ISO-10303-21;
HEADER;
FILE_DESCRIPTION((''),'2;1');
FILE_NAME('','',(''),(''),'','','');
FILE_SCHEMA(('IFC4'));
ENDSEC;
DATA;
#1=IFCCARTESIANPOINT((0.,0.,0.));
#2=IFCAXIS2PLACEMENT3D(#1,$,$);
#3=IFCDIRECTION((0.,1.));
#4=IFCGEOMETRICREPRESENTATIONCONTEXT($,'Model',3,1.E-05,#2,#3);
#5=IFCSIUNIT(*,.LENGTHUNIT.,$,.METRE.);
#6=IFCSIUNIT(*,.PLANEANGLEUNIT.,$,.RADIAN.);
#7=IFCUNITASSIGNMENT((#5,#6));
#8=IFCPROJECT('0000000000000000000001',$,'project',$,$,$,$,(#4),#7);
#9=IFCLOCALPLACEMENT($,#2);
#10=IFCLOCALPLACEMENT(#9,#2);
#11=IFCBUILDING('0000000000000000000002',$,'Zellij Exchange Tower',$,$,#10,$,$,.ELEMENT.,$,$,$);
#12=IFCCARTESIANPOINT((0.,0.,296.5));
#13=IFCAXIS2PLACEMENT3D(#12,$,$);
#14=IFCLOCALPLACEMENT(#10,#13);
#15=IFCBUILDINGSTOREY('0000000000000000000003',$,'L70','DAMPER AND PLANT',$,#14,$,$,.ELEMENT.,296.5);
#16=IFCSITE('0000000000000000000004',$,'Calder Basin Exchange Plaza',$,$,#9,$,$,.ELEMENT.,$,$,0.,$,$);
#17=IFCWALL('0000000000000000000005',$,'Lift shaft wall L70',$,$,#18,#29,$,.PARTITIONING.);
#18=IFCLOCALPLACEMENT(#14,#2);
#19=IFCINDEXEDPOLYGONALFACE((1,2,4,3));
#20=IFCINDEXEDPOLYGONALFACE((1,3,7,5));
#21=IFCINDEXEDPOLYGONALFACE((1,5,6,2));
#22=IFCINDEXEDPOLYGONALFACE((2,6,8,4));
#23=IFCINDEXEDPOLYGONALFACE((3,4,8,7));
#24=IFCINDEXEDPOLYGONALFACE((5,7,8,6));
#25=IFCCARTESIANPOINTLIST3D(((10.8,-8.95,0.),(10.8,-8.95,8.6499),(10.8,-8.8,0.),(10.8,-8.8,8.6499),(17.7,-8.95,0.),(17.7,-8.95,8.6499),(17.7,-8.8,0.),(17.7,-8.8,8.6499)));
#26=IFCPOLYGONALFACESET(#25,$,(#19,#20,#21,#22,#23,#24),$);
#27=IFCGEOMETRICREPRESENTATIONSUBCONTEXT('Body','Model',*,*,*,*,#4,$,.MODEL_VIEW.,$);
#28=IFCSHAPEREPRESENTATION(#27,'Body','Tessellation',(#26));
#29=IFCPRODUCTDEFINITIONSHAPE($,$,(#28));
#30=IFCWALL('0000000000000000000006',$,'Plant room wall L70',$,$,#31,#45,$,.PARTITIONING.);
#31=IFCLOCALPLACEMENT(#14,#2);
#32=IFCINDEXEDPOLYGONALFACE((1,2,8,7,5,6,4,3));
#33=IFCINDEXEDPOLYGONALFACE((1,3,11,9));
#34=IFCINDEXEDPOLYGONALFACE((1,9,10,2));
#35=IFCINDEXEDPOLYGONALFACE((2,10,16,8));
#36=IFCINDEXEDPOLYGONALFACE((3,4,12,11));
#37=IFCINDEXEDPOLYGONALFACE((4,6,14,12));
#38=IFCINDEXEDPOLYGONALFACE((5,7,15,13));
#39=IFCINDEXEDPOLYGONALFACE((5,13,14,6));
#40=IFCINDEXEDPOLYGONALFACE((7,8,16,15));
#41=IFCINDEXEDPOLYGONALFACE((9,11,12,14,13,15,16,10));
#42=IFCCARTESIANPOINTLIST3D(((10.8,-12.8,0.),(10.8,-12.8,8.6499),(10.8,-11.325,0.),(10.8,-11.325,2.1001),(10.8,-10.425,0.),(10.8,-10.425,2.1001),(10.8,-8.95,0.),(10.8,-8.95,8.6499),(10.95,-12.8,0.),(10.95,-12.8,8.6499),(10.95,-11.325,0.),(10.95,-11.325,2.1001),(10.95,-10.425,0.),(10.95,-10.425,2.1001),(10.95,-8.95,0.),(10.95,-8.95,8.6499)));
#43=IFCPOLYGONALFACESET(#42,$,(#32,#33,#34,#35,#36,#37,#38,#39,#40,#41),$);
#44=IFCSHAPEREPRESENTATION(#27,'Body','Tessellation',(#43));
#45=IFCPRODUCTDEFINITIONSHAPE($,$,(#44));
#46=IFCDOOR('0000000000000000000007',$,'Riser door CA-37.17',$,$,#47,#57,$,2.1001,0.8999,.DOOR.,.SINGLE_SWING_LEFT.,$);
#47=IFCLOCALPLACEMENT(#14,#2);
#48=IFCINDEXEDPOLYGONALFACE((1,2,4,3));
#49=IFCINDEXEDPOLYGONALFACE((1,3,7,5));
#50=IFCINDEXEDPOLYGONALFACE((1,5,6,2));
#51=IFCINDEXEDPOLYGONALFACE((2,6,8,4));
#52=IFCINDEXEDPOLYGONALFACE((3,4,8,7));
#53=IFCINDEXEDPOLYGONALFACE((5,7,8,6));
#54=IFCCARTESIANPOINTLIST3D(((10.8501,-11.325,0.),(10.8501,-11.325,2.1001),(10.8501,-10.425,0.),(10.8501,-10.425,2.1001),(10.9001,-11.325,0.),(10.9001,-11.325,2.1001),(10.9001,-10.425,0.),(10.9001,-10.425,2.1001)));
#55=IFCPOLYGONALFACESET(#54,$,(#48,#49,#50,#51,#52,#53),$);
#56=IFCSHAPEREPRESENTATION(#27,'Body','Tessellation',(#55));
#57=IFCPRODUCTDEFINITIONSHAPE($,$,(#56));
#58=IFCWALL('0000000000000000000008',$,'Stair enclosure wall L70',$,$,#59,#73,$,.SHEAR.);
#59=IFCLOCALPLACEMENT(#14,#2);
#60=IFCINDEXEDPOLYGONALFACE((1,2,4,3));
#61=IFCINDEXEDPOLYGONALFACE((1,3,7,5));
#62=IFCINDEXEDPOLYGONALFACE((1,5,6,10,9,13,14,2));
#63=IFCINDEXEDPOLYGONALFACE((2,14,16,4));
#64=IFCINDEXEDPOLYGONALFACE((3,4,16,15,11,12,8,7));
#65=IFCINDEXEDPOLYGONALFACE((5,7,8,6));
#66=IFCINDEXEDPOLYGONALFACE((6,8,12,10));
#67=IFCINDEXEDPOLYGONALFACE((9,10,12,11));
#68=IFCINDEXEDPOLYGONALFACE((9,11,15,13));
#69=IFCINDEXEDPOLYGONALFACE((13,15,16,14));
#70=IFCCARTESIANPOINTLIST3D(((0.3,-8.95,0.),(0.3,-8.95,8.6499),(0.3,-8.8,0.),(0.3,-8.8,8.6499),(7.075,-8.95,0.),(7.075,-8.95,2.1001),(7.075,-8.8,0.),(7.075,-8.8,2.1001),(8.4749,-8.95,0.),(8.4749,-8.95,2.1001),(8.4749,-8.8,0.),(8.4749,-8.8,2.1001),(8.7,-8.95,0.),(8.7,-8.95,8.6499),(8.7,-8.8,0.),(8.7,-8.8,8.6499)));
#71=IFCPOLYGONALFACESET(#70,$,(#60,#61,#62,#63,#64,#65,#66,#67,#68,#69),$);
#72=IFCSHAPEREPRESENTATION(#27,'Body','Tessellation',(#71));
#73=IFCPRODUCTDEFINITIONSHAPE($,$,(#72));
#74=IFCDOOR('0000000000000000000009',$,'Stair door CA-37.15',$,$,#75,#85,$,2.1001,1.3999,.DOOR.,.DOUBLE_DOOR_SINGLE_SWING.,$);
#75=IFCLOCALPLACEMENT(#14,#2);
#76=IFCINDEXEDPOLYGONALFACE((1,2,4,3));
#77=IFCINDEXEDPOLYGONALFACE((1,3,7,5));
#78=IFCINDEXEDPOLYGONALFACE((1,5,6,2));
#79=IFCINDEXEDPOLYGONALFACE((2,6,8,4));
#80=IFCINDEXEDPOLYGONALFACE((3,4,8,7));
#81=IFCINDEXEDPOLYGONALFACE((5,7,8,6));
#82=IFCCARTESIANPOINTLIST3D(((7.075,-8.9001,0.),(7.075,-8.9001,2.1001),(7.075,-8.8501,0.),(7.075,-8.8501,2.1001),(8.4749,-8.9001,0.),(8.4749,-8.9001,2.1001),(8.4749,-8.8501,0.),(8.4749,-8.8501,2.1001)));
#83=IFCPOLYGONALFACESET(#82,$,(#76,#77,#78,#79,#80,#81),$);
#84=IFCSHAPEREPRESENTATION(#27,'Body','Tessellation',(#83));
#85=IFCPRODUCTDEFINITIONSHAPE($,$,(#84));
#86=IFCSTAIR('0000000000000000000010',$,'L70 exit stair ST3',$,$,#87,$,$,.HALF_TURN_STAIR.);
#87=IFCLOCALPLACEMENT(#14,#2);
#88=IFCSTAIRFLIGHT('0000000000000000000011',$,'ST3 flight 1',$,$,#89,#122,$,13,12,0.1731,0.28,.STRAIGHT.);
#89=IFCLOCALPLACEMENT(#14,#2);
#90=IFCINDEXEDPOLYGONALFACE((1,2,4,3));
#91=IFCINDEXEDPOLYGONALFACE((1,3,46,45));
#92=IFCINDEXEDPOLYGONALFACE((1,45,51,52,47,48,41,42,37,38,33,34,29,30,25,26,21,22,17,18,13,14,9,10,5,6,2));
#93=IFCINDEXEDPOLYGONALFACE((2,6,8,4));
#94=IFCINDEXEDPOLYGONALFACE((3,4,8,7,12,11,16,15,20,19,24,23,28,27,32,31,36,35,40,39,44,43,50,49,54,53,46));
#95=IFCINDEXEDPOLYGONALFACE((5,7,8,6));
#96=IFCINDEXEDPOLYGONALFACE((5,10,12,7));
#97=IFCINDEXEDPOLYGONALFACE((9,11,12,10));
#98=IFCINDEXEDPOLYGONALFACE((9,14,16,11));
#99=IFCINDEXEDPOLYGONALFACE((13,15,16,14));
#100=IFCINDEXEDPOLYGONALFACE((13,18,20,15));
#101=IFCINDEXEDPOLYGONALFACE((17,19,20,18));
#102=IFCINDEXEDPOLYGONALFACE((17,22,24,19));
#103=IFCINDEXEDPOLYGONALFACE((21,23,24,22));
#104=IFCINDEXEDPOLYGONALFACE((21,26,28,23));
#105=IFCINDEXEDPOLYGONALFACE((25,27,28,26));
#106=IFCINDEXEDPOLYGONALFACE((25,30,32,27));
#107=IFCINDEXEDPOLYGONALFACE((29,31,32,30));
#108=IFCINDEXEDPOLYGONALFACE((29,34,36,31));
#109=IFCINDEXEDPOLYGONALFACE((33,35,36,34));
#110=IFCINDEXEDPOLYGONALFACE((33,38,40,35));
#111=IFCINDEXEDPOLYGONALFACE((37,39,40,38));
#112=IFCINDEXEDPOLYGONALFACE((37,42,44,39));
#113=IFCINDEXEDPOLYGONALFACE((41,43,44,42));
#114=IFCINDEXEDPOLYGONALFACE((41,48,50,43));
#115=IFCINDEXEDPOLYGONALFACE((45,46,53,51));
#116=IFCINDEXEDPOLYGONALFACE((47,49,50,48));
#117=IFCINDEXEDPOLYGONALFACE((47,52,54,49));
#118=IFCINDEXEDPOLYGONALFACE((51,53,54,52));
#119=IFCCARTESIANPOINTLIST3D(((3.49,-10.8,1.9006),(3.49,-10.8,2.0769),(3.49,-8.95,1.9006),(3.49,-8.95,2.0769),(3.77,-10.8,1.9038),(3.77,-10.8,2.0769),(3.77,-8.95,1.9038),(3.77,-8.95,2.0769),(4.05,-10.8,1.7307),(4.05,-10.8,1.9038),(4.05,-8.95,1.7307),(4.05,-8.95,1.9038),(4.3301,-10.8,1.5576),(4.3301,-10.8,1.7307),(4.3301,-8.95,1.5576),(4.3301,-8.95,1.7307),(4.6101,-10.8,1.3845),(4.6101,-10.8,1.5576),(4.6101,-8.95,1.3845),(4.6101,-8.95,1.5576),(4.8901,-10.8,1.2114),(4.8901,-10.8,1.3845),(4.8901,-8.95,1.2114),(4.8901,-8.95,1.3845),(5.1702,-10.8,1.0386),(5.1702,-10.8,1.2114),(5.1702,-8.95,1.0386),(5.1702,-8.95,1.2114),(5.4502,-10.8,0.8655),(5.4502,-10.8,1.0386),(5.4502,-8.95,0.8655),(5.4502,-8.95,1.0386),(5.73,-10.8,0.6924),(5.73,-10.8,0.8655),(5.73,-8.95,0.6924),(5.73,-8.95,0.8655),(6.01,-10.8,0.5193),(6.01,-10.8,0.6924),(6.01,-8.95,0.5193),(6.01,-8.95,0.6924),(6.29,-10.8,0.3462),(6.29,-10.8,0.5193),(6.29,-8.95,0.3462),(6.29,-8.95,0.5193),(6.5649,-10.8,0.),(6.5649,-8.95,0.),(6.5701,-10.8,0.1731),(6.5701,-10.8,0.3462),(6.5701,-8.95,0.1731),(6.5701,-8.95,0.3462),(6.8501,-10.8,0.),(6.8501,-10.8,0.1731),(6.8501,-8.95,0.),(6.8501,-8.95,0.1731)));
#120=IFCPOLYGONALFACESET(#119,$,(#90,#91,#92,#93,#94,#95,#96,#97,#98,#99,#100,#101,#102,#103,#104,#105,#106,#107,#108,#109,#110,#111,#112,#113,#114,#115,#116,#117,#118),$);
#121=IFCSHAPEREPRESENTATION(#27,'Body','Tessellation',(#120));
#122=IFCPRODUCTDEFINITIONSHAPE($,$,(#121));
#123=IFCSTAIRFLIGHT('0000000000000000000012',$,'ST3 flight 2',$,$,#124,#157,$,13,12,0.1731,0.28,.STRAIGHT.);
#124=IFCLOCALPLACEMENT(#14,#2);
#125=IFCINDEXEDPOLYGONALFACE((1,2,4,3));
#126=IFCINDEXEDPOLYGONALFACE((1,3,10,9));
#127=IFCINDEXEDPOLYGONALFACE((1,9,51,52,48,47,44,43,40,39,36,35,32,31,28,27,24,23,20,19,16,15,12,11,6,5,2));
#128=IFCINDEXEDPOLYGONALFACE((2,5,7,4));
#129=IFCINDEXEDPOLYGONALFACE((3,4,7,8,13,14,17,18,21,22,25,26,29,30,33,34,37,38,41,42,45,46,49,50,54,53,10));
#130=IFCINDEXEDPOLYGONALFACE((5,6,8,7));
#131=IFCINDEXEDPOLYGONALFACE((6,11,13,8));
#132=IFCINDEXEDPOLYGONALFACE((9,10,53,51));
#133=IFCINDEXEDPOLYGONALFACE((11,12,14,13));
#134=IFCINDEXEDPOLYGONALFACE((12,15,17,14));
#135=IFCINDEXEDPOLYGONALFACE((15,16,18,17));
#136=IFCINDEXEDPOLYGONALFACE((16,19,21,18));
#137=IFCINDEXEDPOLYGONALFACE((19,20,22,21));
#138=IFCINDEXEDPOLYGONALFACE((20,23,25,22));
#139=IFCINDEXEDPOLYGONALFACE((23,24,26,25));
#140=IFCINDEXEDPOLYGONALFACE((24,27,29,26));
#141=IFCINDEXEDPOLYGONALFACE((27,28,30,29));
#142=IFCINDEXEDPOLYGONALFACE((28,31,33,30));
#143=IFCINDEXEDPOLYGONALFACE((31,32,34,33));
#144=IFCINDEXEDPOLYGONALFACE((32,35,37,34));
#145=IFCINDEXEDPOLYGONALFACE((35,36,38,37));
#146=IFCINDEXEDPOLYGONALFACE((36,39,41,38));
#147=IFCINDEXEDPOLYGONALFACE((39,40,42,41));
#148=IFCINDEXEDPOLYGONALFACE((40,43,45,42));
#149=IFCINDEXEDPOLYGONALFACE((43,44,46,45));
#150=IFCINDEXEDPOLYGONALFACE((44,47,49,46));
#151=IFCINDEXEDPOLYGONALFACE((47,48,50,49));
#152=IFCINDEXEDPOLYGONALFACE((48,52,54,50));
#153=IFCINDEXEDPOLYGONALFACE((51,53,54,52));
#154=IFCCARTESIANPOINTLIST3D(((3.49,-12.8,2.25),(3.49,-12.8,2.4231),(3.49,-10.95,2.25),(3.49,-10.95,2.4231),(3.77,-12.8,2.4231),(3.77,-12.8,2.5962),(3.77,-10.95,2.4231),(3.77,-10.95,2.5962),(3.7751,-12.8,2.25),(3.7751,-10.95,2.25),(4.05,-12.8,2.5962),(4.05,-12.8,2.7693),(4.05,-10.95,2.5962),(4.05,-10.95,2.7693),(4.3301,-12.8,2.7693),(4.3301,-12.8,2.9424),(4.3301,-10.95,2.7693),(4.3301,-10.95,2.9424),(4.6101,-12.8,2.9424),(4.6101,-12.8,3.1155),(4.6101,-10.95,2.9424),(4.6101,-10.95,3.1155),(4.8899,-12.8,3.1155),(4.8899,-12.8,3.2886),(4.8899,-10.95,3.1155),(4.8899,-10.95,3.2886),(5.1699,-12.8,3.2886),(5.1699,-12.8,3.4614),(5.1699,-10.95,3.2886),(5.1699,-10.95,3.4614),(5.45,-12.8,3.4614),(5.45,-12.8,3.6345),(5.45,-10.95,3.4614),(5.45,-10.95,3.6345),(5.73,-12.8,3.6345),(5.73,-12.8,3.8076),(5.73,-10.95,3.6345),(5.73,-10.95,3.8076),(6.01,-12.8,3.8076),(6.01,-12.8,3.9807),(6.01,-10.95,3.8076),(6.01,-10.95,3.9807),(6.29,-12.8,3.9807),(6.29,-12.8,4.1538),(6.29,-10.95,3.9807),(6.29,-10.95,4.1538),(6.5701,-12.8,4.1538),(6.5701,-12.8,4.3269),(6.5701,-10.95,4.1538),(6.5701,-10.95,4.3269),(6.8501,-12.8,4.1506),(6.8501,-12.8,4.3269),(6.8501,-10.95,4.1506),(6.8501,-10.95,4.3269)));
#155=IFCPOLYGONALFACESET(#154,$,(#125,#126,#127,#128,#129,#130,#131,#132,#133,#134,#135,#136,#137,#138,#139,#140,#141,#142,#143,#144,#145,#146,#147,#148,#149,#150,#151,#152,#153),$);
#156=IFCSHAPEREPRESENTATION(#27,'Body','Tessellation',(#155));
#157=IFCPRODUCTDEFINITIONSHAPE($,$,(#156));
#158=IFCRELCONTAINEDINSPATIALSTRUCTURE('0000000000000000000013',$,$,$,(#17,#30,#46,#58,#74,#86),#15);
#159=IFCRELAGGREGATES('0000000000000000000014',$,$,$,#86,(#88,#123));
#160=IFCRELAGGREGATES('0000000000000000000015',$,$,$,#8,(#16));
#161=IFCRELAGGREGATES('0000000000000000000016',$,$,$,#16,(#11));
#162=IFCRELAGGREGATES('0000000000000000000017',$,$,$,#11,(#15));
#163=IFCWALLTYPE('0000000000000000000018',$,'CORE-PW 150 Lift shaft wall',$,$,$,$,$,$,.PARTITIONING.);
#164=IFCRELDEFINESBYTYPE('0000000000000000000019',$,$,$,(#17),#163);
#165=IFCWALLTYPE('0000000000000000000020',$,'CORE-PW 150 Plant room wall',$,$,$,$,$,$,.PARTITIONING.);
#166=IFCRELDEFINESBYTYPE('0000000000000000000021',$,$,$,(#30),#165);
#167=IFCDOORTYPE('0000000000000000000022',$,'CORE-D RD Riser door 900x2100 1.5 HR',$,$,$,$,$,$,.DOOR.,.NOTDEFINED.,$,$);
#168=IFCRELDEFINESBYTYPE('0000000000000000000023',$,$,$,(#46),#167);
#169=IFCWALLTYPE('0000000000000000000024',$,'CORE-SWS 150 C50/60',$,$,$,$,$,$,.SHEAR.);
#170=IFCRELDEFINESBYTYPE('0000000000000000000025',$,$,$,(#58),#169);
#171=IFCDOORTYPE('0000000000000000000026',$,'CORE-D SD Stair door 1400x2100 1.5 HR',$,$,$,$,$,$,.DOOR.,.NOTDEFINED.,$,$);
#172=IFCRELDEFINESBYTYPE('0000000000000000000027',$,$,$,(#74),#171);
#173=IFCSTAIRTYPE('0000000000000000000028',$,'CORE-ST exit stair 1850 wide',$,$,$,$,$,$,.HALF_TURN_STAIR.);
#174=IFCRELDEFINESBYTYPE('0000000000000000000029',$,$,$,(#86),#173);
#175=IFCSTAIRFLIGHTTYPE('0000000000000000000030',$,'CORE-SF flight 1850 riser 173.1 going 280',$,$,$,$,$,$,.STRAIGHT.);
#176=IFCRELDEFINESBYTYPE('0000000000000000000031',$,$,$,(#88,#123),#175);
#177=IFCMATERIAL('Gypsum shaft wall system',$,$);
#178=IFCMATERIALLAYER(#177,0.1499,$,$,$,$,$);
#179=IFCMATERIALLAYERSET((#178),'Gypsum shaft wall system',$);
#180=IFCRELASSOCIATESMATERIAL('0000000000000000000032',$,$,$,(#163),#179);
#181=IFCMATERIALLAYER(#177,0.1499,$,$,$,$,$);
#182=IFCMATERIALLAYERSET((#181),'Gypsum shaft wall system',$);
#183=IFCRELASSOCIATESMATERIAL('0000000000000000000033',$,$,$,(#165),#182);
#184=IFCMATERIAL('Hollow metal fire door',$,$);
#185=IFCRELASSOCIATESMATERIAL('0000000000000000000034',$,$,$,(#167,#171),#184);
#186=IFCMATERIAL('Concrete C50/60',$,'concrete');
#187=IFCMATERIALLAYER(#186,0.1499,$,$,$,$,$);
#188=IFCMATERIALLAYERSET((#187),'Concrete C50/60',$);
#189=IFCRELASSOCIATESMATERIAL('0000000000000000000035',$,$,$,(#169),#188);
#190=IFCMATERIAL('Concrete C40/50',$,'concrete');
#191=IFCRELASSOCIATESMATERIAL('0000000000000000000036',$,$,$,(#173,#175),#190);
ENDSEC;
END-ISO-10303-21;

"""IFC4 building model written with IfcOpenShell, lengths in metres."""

from ifc_helpers import new_model, si_unit, direction, frame, frame_2d, origin, place, context, subcontext, project, spatial, polyline, rectangle, outline, extrude, material, layer, layer_set, type_object, element, fill, aggregate, save


model = new_model("IFC4")

# Units and contexts
model_context = context("Model", 3, precision=1e-05, world=origin(), true_north=direction((0.0, 1.0)))
body_context = subcontext(model_context, "Body", "Model", "MODEL_VIEW")
ifc_project = project(units=[si_unit("LENGTHUNIT", "METRE"), si_unit("PLANEANGLEUNIT", "RADIAN")], contexts=[model_context])

# Site, building, storey
site_placement = place(None, origin())
site = spatial("IfcSite", under=ifc_project, at=site_placement, Name="Calder Basin Exchange Plaza", CompositionType="ELEMENT", RefElevation=0.0)
building_placement = place(site_placement, origin())
building = spatial("IfcBuilding", under=site, at=building_placement, Name="Zellij Exchange Tower", CompositionType="ELEMENT")
storey_placement = place(building_placement, frame((0.0, 0.0, 296.5)))
storey = spatial("IfcBuildingStorey", under=building, at=storey_placement, Name="L70", Description="DAMPER AND PLANT", CompositionType="ELEMENT", Elevation=296.5)

# Shared definitions
ifc_material_1 = material(Name="Concrete C50/60", Category="concrete")

# Shared definitions
ifc_material_2 = material(Name="Gypsum shaft wall system")
ifc_material_3 = material(Name="Hollow metal fire door")

# Shared definitions
ifc_layer_1 = layer(ifc_material_2, 0.1499)
ifc_layer_set_1 = layer_set([ifc_layer_1], Name="Gypsum shaft wall system")
wall_type_1 = type_object("IfcWallType", Name="CORE-PW 150 Lift shaft wall", PredefinedType="PARTITIONING", material=ifc_layer_set_1)

# Wall
wall_1_placement = place(storey_placement, frame((10.8, -8.875, 0.0), z_axis=(0.0, 0.0, 1.0), x_axis=(1.0, 0.0, 0.0)))
element("IfcWall", 1, at=wall_1_placement, inside=storey, type_object=wall_type_1, Name="Lift shaft wall L70", PredefinedType="PARTITIONING", context=body_context, shape_type="SweptSolid", body=[
    extrude(rectangle(XDim=6.8999, YDim=0.1499, at=frame_2d((3.45, 0.0))), origin(), (0.0, 0.0, 1.0), 8.6499),
])

# Walls, openings, doors
ifc_layer_2 = layer(ifc_material_2, 0.1499)
ifc_layer_set_2 = layer_set([ifc_layer_2], Name="Gypsum shaft wall system")
wall_type_2 = type_object("IfcWallType", Name="CORE-PW 150 Plant room wall", PredefinedType="PARTITIONING", material=ifc_layer_set_2)
wall_2_placement = place(storey_placement, frame((10.875, -12.8, 0.0), z_axis=(0.0, 0.0, 1.0), x_axis=(0.0, 1.0, 0.0)))
wall_2 = element("IfcWall", 2, at=wall_2_placement, inside=storey, type_object=wall_type_2, Name="Plant room wall L70", PredefinedType="PARTITIONING", context=body_context, shape_type="SweptSolid", body=[
    extrude(rectangle(XDim=3.8501, YDim=0.1499, at=frame_2d((1.925, 0.0))), origin(), (0.0, 0.0, 1.0), 8.6499),
])
opening_1_placement = place(wall_2_placement, frame((1.4751, 0.0, 0.0)))
opening_1 = element("IfcOpeningElement", 3, at=opening_1_placement, cuts=wall_2, PredefinedType="OPENING", context=body_context, shape_type="SweptSolid", body=[
    extrude(rectangle(XDim=0.8999, YDim=2.1001, at=frame_2d((0.45, 1.05))), frame((0.0, 0.0869, 0.0), z_axis=(0.0, -1.0, 0.0), x_axis=(1.0, 0.0, 0.0)), (0.0, 0.0, 1.0), 0.1738),
])
door_type_1 = type_object("IfcDoorType", Name="CORE-D RD Riser door 900x2100 1.5 HR", OperationType="NOTDEFINED", PredefinedType="DOOR", material=ifc_material_3)
door_1_placement = place(opening_1_placement, origin())
door_1 = element("IfcDoor", 4, at=door_1_placement, inside=storey, type_object=door_type_1, Name="Riser door CA-37.17", OperationType="SINGLE_SWING_LEFT", OverallHeight=2.1001, OverallWidth=0.8999, PredefinedType="DOOR", context=body_context, shape_type="SweptSolid", body=[
    extrude(rectangle(XDim=0.8999, YDim=2.1001, at=frame_2d((0.45, 1.05))), frame((0.0, 0.0249, 0.0), z_axis=(0.0, -1.0, 0.0), x_axis=(1.0, 0.0, 0.0)), (0.0, 0.0, 1.0), 0.05),
])
fill(opening_1, door_1)
ifc_layer_3 = layer(ifc_material_1, 0.1499)
ifc_layer_set_3 = layer_set([ifc_layer_3], Name="Concrete C50/60")
wall_type_3 = type_object("IfcWallType", Name="CORE-SWS 150 C50/60", PredefinedType="SHEAR", material=ifc_layer_set_3)
wall_3_placement = place(storey_placement, frame((0.3, -8.875, 0.0), z_axis=(0.0, 0.0, 1.0), x_axis=(1.0, 0.0, 0.0)))
wall_3 = element("IfcWall", 5, at=wall_3_placement, inside=storey, type_object=wall_type_3, Name="Stair enclosure wall L70", PredefinedType="SHEAR", context=body_context, shape_type="SweptSolid", body=[
    extrude(rectangle(XDim=8.3999, YDim=0.1499, at=frame_2d((4.2, 0.0))), origin(), (0.0, 0.0, 1.0), 8.6499),
])
opening_2_placement = place(wall_3_placement, frame((6.7749, 0.0, 0.0)))
opening_2 = element("IfcOpeningElement", 6, at=opening_2_placement, cuts=wall_3, PredefinedType="OPENING", context=body_context, shape_type="SweptSolid", body=[
    extrude(rectangle(XDim=1.3999, YDim=2.1001, at=frame_2d((0.7, 1.05))), frame((0.0, 0.0869, 0.0), z_axis=(0.0, -1.0, 0.0), x_axis=(1.0, 0.0, 0.0)), (0.0, 0.0, 1.0), 0.1738),
])
door_type_2 = type_object("IfcDoorType", Name="CORE-D SD Stair door 1400x2100 1.5 HR", OperationType="NOTDEFINED", PredefinedType="DOOR", material=ifc_material_3)
door_2_placement = place(opening_2_placement, origin())
door_2 = element("IfcDoor", 7, at=door_2_placement, inside=storey, type_object=door_type_2, Name="Stair door CA-37.15", OperationType="DOUBLE_DOOR_SINGLE_SWING", OverallHeight=2.1001, OverallWidth=1.3999, PredefinedType="DOOR", context=body_context, shape_type="SweptSolid", body=[
    extrude(rectangle(XDim=1.3999, YDim=2.1001, at=frame_2d((0.7, 1.05))), frame((0.0, 0.0249, 0.0), z_axis=(0.0, -1.0, 0.0), x_axis=(1.0, 0.0, 0.0)), (0.0, 0.0, 1.0), 0.05),
])
fill(opening_2, door_2)

# Stair, stair flights
ifc_material_4 = material(Name="Concrete C40/50", Category="concrete")
stair_type = type_object("IfcStairType", Name="CORE-ST exit stair 1850 wide", PredefinedType="HALF_TURN_STAIR", material=ifc_material_4)
stair_placement = place(storey_placement, origin())
stair = element("IfcStair", 8, at=stair_placement, inside=storey, type_object=stair_type, Name="L70 exit stair ST3", PredefinedType="HALF_TURN_STAIR")
stair_flight_type = type_object("IfcStairFlightType", Name="CORE-SF flight 1850 riser 173.1 going 280", PredefinedType="STRAIGHT", material=ifc_material_4)
stair_flight_1_placement = place(storey_placement, frame((6.8501, -9.875, 0.0), z_axis=(0.0, 0.0, 1.0), x_axis=(-1.0, 0.0, 0.0)))
stair_flight_1 = element("IfcStairFlight", 9, at=stair_flight_1_placement, type_object=stair_flight_type, Name="ST3 flight 1", NumberOfRisers=13, NumberOfTreads=12, PredefinedType="STRAIGHT", RiserHeight=0.1731, TreadLength=0.28, context=body_context, shape_type="SweptSolid", body=[
    extrude(outline(polyline([(0.0, 0.0), (0.0, 0.1731), (0.28, 0.1731), (0.28, 0.3462), (0.5601, 0.3462), (0.5601, 0.5193), (0.8401, 0.5193), (0.8401, 0.6924), (1.1201, 0.6924), (1.1201, 0.8655), (1.3999, 0.8655), (1.3999, 1.0386), (1.6799, 1.0386), (1.6799, 1.2114), (1.96, 1.2114), (1.96, 1.3845), (2.24, 1.3845), (2.24, 1.5576), (2.52, 1.5576), (2.52, 1.7307), (2.8, 1.7307), (2.8, 1.9038), (3.0801, 1.9038), (3.0801, 2.0769), (3.3601, 2.0769), (3.3601, 2.25), (3.3601, 1.9006), (0.2852, 0.0), (0.0, 0.0)])), frame((0.0, 0.925, 0.0), z_axis=(0.0, -1.0, 0.0), x_axis=(1.0, 0.0, 0.0)), (0.0, 0.0, 1.0), 1.8501),
])
stair_flight_2_placement = place(storey_placement, frame((3.49, -11.875, 2.25), z_axis=(0.0, 0.0, 1.0), x_axis=(1.0, 0.0, 0.0)))
stair_flight_2 = element("IfcStairFlight", 10, at=stair_flight_2_placement, type_object=stair_flight_type, Name="ST3 flight 2", NumberOfRisers=13, NumberOfTreads=12, PredefinedType="STRAIGHT", RiserHeight=0.1731, TreadLength=0.28, context=body_context, shape_type="SweptSolid", body=[
    extrude(outline(polyline([(0.0, 0.0), (0.0, 0.1731), (0.28, 0.1731), (0.28, 0.3462), (0.5601, 0.3462), (0.5601, 0.5193), (0.8401, 0.5193), (0.8401, 0.6924), (1.1201, 0.6924), (1.1201, 0.8655), (1.3999, 0.8655), (1.3999, 1.0386), (1.6799, 1.0386), (1.6799, 1.2114), (1.96, 1.2114), (1.96, 1.3845), (2.24, 1.3845), (2.24, 1.5576), (2.52, 1.5576), (2.52, 1.7307), (2.8, 1.7307), (2.8, 1.9038), (3.0801, 1.9038), (3.0801, 2.0769), (3.3601, 2.0769), (3.3601, 2.25), (3.3601, 1.9006), (0.2852, 0.0), (0.0, 0.0)])), frame((0.0, 0.925, 0.0), z_axis=(0.0, -1.0, 0.0), x_axis=(1.0, 0.0, 0.0)), (0.0, 0.0, 1.0), 1.8501),
])
aggregate(stair, [stair_flight_1, stair_flight_2])

save(model, "model.ifc")
